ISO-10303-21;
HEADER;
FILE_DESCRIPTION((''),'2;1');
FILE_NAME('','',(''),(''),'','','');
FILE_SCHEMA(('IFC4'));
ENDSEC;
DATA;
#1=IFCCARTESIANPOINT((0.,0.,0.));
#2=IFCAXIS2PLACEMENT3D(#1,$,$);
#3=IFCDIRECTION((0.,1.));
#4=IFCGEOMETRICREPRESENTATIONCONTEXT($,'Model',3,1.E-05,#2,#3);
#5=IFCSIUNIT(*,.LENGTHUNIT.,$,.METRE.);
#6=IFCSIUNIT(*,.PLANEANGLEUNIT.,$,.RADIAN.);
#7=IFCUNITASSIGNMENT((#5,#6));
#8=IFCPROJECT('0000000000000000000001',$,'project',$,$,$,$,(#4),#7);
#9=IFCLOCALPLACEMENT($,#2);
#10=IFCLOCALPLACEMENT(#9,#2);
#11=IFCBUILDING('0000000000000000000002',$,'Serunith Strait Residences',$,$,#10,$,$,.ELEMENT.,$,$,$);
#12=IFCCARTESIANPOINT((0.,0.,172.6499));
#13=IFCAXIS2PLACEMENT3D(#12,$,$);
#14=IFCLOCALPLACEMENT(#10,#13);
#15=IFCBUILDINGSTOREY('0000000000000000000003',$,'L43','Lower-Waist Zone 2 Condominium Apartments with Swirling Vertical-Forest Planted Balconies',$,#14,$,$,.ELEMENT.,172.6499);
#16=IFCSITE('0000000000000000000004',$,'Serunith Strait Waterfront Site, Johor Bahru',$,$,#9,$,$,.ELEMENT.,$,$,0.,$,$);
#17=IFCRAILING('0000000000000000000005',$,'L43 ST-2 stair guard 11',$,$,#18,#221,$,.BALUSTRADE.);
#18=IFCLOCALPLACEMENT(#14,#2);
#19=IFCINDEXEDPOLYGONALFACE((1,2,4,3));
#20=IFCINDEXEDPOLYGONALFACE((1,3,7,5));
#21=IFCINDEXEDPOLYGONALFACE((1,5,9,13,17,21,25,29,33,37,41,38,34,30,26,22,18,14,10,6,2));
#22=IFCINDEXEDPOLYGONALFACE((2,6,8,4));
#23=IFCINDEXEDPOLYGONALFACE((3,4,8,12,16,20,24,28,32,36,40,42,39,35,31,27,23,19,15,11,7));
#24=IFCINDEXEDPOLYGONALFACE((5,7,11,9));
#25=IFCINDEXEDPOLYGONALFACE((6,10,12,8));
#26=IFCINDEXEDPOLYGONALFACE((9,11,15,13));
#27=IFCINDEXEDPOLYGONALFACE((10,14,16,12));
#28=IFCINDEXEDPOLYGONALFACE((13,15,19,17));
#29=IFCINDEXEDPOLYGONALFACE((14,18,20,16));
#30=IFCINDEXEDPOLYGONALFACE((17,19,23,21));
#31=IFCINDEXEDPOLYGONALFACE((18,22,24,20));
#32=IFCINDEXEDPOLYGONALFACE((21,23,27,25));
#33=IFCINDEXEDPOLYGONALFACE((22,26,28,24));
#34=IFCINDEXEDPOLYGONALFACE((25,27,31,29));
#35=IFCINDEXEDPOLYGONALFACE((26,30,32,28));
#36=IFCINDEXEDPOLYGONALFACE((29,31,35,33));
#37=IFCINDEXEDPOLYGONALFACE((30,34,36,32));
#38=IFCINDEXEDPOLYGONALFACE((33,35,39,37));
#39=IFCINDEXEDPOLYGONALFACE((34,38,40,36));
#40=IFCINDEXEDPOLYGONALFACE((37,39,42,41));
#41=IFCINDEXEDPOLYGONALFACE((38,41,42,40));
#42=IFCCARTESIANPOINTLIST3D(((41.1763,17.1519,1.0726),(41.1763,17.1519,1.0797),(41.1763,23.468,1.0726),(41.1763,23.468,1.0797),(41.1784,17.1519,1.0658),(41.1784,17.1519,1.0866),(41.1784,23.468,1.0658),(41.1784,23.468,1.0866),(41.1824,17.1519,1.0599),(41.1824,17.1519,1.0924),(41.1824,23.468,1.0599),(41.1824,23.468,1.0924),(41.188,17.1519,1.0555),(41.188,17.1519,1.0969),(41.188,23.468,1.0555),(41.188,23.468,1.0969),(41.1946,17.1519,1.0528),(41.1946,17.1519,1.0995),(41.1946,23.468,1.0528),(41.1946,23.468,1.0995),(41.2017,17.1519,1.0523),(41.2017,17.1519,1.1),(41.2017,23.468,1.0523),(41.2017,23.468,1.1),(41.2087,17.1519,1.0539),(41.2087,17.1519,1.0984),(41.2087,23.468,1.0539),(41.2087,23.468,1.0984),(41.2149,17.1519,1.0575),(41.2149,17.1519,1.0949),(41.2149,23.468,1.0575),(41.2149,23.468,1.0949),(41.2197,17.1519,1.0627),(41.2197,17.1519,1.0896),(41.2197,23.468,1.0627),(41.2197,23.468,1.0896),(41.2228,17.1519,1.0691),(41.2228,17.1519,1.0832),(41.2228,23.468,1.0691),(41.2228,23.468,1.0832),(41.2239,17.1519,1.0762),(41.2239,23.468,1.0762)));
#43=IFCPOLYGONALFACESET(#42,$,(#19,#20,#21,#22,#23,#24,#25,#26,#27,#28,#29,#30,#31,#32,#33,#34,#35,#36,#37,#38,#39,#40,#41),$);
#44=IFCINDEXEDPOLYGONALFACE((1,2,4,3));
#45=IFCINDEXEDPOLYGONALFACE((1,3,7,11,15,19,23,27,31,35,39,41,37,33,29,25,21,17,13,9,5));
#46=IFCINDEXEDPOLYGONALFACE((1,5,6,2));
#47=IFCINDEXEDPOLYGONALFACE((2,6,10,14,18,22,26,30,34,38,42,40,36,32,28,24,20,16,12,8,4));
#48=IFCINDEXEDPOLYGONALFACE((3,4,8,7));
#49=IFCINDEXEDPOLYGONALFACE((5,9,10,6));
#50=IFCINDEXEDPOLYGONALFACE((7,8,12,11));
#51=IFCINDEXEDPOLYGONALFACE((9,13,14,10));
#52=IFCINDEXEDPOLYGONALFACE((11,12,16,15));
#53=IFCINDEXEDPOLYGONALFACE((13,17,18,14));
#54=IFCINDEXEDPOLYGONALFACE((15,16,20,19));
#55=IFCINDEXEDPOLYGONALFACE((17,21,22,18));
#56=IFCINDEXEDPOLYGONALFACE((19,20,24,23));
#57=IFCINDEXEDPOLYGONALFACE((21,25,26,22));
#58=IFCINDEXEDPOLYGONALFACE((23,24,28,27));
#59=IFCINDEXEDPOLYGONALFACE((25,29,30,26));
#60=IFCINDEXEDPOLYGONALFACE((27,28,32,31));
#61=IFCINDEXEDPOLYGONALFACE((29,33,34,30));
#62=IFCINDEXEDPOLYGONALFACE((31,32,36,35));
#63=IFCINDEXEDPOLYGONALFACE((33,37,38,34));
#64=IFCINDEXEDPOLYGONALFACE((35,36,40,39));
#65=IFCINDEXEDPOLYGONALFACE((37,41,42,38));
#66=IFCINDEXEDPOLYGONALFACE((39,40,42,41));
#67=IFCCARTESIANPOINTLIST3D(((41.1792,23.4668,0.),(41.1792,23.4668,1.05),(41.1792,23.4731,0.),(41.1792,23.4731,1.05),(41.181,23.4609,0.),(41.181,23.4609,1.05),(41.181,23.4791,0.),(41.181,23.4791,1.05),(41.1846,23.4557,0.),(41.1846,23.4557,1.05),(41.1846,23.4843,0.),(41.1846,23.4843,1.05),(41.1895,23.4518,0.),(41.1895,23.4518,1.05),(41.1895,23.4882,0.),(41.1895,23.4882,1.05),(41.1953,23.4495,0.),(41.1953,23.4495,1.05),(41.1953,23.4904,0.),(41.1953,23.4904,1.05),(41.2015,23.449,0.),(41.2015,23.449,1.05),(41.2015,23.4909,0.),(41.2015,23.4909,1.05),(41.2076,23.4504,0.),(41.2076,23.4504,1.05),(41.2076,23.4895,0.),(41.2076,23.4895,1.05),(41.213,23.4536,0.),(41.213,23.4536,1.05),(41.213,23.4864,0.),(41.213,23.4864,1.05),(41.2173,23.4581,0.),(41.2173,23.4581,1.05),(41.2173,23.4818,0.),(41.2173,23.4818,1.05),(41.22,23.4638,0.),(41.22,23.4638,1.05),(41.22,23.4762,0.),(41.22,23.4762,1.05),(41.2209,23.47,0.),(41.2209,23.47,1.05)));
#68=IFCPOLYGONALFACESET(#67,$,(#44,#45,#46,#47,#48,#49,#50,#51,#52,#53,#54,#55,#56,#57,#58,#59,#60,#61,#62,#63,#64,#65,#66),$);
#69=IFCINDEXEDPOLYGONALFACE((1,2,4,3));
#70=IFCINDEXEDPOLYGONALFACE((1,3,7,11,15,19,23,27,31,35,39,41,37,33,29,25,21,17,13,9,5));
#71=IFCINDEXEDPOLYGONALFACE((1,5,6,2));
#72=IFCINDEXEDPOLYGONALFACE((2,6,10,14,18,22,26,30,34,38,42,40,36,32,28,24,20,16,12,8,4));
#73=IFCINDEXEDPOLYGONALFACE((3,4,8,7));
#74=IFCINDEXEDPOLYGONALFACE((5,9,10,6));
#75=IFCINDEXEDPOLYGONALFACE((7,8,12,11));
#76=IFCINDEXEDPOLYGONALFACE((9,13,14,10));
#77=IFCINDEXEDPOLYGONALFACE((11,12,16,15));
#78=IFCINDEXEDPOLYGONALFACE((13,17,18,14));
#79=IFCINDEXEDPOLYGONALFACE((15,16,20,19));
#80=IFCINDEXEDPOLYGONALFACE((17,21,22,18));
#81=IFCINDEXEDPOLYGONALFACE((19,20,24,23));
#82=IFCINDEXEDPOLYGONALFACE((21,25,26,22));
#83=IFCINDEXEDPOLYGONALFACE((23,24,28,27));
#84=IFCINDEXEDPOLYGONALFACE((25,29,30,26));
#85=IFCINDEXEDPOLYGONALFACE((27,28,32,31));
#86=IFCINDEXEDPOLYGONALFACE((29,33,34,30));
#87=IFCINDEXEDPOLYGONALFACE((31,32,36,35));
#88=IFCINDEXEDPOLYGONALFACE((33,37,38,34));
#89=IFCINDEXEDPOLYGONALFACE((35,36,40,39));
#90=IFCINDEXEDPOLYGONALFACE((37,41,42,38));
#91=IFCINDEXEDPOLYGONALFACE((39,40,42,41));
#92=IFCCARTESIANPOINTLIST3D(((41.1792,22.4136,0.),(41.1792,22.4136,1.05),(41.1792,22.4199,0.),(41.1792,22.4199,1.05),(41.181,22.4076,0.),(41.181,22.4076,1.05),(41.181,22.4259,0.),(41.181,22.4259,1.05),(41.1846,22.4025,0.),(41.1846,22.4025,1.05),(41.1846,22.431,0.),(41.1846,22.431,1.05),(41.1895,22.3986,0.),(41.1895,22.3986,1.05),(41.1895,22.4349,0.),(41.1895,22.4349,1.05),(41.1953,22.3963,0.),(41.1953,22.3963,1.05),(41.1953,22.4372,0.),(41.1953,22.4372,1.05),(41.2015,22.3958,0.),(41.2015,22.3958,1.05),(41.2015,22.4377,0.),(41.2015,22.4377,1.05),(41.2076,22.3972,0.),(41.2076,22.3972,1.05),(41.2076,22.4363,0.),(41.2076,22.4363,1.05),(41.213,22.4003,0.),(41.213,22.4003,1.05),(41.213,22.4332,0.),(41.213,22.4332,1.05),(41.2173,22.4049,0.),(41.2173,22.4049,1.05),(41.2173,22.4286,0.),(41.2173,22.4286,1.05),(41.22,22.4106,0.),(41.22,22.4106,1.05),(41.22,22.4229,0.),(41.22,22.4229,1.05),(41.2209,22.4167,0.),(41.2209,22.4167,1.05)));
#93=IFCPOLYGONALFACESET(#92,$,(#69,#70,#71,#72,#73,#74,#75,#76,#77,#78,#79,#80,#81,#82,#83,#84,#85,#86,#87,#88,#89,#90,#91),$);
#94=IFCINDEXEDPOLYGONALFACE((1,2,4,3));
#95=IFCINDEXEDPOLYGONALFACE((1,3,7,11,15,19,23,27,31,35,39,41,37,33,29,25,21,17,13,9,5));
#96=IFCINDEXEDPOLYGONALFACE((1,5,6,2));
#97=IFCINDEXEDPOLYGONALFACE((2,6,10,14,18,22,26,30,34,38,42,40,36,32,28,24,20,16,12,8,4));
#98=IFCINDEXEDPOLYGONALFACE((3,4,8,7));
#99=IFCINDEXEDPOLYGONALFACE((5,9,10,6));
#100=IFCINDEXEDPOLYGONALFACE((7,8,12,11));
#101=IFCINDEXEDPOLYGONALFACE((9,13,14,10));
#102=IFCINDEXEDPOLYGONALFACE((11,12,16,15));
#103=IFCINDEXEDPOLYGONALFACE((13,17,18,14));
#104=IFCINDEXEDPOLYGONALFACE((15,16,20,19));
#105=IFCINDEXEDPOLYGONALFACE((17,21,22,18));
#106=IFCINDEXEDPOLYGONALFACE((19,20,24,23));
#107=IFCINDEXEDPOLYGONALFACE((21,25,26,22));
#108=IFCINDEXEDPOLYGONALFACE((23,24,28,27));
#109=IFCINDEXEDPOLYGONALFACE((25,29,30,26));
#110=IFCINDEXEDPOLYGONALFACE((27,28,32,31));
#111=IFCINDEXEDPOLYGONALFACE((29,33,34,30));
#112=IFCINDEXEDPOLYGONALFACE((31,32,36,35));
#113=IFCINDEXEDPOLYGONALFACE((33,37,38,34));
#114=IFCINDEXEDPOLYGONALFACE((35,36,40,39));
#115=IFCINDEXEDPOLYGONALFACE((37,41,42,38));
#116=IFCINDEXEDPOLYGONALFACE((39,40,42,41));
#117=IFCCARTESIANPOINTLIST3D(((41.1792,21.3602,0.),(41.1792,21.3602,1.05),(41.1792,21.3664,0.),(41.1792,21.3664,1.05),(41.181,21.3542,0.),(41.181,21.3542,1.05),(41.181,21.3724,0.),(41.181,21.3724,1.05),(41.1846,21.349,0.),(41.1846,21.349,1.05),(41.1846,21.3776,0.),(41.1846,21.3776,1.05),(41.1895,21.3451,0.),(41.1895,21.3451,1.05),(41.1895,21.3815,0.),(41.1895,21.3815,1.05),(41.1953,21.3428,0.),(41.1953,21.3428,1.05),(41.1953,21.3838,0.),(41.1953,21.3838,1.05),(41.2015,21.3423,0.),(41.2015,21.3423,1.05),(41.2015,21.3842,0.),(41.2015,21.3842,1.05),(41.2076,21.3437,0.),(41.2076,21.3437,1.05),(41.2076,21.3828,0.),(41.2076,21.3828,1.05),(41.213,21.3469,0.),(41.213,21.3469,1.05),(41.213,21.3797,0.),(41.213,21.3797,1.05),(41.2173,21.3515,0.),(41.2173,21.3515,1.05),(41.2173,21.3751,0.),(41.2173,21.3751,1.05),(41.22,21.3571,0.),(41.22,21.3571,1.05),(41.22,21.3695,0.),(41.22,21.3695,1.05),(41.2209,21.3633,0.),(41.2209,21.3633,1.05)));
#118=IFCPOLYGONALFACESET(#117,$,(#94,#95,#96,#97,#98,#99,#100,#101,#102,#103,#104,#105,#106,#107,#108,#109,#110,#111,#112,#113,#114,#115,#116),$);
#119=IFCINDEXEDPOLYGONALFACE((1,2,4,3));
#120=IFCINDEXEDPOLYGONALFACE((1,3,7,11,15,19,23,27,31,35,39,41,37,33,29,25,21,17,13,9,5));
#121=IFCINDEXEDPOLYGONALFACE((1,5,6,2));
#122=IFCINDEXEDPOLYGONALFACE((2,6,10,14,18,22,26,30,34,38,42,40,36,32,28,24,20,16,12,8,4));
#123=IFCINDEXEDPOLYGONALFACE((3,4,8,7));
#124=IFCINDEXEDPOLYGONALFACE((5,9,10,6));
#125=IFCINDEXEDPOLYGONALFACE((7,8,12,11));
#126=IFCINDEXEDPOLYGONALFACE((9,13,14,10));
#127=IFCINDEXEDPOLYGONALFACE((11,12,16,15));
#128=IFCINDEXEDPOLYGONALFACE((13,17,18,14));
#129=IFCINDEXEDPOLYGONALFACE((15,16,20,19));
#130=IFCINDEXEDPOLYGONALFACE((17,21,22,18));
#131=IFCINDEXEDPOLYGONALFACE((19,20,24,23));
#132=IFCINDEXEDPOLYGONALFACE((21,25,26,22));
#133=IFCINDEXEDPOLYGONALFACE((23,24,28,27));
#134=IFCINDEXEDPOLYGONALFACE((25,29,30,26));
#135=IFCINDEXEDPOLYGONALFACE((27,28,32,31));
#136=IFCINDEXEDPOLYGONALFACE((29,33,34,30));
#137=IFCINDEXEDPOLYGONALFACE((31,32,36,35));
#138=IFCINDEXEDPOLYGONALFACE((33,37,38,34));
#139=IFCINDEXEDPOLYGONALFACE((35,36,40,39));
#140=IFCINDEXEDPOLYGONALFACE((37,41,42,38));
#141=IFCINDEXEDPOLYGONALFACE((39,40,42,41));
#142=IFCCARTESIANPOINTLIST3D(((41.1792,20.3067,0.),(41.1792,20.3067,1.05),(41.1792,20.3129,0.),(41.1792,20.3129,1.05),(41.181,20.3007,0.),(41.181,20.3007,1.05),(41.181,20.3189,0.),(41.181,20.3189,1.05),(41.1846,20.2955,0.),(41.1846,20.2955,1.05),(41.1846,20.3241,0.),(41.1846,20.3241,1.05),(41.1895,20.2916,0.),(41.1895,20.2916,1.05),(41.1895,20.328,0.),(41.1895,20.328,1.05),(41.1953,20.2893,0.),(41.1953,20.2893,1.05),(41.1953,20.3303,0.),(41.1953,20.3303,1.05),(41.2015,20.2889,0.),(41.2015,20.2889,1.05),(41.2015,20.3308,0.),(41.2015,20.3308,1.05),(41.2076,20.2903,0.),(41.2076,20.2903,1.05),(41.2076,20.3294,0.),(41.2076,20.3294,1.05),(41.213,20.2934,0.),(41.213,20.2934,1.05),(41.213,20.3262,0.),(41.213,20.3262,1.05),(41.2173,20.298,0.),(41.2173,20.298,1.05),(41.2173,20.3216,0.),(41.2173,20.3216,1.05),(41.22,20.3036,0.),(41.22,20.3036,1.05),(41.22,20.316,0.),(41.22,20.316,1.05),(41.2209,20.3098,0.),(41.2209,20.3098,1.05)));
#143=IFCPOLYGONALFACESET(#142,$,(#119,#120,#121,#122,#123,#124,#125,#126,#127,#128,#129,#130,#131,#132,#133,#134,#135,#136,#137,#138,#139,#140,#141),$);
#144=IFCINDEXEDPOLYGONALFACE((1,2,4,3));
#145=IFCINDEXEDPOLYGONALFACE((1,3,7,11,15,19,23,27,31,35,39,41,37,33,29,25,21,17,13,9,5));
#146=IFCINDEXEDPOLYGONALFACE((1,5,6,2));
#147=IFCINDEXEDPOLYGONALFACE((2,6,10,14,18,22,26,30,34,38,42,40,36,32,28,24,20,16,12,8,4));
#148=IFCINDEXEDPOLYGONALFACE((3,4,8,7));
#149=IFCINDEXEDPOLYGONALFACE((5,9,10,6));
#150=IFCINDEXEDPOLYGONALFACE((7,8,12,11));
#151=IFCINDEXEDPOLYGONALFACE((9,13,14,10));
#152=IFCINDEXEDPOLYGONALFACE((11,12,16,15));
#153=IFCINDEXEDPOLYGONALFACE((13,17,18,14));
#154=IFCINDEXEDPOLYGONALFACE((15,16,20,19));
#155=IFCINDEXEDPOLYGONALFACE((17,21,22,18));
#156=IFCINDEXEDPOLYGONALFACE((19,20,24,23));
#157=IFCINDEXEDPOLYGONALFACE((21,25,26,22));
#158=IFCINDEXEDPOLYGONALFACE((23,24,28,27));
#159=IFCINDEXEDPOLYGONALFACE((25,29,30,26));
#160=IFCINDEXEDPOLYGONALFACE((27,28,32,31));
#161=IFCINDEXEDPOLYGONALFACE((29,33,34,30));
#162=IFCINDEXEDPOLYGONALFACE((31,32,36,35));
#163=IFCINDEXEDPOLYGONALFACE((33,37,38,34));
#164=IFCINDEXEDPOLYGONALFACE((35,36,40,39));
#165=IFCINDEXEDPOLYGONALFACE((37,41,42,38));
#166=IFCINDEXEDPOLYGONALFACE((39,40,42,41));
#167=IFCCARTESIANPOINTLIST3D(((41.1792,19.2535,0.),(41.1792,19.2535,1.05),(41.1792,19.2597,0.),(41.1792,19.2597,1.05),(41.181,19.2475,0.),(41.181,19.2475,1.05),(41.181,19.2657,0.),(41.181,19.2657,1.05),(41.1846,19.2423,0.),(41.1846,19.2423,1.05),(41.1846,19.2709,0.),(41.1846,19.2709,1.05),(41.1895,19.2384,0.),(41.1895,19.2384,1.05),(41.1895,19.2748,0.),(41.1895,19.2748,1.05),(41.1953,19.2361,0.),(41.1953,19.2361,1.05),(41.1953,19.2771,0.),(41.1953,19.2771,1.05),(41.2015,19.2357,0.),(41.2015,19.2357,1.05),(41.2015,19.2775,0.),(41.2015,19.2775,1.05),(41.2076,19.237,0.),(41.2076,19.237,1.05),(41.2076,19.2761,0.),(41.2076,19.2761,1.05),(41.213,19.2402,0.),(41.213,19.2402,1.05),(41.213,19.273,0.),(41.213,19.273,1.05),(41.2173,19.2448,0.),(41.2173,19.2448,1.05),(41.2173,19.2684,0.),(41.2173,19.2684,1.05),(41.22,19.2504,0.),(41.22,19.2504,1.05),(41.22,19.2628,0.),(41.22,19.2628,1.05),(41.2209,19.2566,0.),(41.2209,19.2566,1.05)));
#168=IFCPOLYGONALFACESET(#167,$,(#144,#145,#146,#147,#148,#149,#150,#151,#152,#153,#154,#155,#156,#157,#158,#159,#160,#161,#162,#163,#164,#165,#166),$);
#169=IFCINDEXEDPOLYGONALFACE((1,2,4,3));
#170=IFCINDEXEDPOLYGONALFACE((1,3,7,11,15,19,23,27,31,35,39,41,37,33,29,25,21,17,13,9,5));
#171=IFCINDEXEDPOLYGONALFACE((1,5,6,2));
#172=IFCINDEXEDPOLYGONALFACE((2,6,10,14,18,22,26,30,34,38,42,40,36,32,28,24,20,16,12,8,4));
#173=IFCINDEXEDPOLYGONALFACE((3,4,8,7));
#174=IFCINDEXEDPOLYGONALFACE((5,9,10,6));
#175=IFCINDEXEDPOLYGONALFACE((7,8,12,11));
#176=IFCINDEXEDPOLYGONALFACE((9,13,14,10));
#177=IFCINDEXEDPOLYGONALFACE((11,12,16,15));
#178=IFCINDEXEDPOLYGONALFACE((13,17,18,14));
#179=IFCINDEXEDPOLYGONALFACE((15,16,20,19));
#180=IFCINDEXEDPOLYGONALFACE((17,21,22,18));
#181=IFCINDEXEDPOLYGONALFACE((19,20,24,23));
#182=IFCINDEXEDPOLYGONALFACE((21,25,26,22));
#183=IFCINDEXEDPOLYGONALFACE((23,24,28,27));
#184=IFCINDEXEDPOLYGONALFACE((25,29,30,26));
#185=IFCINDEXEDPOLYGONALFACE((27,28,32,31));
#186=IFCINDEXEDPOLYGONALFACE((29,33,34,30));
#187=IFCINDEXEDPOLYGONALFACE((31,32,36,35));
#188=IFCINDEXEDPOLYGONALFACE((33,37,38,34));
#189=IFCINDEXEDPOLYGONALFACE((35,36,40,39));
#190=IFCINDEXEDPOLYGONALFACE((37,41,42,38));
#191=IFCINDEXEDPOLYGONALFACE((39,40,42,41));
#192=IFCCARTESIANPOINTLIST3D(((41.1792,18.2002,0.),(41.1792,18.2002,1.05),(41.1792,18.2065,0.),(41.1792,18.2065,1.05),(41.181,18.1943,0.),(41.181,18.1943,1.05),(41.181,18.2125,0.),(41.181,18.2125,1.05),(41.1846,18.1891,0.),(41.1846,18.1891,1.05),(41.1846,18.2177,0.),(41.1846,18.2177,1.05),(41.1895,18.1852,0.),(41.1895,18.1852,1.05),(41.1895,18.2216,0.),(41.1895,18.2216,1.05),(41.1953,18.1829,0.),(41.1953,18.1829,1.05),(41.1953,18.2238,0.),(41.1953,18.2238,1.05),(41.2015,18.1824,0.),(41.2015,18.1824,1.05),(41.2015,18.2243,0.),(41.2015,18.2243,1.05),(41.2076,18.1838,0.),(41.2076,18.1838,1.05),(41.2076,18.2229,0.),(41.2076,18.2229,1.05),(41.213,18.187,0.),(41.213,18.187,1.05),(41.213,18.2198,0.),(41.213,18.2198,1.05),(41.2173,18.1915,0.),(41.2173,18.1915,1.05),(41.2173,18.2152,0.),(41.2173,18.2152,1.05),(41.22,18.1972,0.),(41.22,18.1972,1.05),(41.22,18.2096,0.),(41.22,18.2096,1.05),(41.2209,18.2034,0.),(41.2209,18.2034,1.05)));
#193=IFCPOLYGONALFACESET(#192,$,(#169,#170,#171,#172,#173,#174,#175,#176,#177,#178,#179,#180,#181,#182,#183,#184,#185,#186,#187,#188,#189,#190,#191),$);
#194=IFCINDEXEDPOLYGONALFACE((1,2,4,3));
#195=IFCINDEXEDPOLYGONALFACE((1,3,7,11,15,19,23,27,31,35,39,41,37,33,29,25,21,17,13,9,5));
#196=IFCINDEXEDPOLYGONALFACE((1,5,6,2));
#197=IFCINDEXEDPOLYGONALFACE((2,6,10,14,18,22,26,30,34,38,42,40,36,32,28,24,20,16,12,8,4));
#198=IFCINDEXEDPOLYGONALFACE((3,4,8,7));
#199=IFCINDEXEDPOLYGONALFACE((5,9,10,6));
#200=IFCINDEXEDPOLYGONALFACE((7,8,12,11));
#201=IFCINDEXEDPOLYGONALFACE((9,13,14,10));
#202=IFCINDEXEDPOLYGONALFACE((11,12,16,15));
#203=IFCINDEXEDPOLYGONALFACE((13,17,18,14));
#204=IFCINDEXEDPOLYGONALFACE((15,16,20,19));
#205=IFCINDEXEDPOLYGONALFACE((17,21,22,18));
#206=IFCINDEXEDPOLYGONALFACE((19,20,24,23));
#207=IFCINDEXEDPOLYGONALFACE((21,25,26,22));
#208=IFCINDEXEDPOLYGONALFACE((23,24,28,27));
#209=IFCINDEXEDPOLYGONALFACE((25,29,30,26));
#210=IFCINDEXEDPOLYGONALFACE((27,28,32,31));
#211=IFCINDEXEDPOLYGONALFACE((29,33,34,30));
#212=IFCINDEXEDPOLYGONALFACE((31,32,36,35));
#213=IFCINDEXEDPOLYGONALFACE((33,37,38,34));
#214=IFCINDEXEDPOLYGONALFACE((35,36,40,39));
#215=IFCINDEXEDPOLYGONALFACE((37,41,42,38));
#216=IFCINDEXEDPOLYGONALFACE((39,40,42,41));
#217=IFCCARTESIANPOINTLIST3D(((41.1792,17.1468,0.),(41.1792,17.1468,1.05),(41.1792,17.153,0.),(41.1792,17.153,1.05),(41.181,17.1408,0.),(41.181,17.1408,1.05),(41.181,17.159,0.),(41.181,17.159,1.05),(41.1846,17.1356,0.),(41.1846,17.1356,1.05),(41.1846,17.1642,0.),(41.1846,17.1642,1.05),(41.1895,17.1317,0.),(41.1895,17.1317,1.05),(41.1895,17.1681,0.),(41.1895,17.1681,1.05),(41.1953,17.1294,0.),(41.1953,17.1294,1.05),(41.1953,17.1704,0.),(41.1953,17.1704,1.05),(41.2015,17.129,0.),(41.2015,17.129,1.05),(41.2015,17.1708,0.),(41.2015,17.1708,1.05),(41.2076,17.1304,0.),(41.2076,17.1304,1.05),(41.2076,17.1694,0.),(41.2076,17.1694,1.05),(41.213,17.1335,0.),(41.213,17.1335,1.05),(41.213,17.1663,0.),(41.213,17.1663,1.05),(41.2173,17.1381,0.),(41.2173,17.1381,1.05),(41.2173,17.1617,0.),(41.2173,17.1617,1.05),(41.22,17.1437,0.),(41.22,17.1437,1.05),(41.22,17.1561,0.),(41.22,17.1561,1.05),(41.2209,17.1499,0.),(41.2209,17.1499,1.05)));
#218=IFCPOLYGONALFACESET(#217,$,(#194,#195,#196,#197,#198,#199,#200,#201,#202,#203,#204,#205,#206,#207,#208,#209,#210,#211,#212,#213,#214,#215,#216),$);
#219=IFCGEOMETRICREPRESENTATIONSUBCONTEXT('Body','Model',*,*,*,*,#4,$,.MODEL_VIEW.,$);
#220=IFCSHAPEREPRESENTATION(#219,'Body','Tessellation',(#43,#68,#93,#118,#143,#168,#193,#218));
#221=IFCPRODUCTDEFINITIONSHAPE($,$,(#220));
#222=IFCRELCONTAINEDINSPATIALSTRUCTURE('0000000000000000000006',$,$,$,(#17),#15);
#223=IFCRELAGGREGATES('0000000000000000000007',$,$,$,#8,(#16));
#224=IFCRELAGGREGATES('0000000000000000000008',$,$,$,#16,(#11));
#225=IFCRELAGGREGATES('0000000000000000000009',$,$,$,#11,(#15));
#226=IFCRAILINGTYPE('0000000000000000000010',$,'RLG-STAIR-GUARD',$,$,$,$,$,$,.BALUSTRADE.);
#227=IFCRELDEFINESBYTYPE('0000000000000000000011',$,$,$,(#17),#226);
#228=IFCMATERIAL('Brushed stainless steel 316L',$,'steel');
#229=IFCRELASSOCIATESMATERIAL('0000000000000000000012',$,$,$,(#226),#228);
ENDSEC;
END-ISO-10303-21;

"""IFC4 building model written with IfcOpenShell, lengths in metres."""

from ifc_helpers import new_model, si_unit, direction, frame, origin, origin_2d, place, context, subcontext, project, spatial, circle, extrude, material, type_object, element, save


model = new_model("IFC4")

# Units and contexts
model_context = context("Model", 3, precision=1e-05, world=origin(), true_north=direction((0.0, 1.0)))
body_context = subcontext(model_context, "Body", "Model", "MODEL_VIEW")
ifc_project = project(units=[si_unit("LENGTHUNIT", "METRE"), si_unit("PLANEANGLEUNIT", "RADIAN")], contexts=[model_context])

# Site, building, storey
site_placement = place(None, origin())
site = spatial("IfcSite", under=ifc_project, at=site_placement, Name="Serunith Strait Waterfront Site, Johor Bahru", CompositionType="ELEMENT", RefElevation=0.0)
building_placement = place(site_placement, origin())
building = spatial("IfcBuilding", under=site, at=building_placement, Name="Serunith Strait Residences", CompositionType="ELEMENT")
storey_placement = place(building_placement, frame((0.0, 0.0, 172.6499)))
storey = spatial("IfcBuildingStorey", under=building, at=storey_placement, Name="L43", Description="Lower-Waist Zone 2 Condominium Apartments with Swirling Vertical-Forest Planted Balconies", CompositionType="ELEMENT", Elevation=172.6499)

# Railing
ifc_material_1 = material(Name="Brushed stainless steel 316L", Category="steel")
railing_type = type_object("IfcRailingType", Name="RLG-STAIR-GUARD", PredefinedType="BALUSTRADE", material=ifc_material_1)
railing_placement = place(storey_placement, frame((41.2, 23.47, 0.0)))
element("IfcRailing", 1, at=railing_placement, inside=storey, type_object=railing_type, Name="L43 ST-2 stair guard 11", PredefinedType="BALUSTRADE", context=body_context, shape_type="SweptSolid", body=[
    extrude(circle(Radius=0.0239, at=origin_2d()), frame((0.0, -0.002, 1.0762), z_axis=(0.0, -1.0, 0.0), x_axis=(1.0, 0.0, 0.0)), (0.0, 0.0, 1.0), 6.3162),
    extrude(circle(Radius=0.021, at=origin_2d()), origin(), (0.0, 0.0, 1.0), 1.05),
    extrude(circle(Radius=0.021, at=origin_2d()), frame((0.0, -1.0532, 0.0)), (0.0, 0.0, 1.0), 1.05),
    extrude(circle(Radius=0.021, at=origin_2d()), frame((0.0, -2.1067, 0.0)), (0.0, 0.0, 1.0), 1.05),
    extrude(circle(Radius=0.021, at=origin_2d()), frame((0.0, -3.1602, 0.0)), (0.0, 0.0, 1.0), 1.05),
    extrude(circle(Radius=0.021, at=origin_2d()), frame((0.0, -4.2134, 0.0)), (0.0, 0.0, 1.0), 1.05),
    extrude(circle(Radius=0.021, at=origin_2d()), frame((0.0, -5.2666, 0.0)), (0.0, 0.0, 1.0), 1.05),
    extrude(circle(Radius=0.021, at=origin_2d()), frame((0.0, -6.3201, 0.0)), (0.0, 0.0, 1.0), 1.05),
])

save(model, "model.ifc")
